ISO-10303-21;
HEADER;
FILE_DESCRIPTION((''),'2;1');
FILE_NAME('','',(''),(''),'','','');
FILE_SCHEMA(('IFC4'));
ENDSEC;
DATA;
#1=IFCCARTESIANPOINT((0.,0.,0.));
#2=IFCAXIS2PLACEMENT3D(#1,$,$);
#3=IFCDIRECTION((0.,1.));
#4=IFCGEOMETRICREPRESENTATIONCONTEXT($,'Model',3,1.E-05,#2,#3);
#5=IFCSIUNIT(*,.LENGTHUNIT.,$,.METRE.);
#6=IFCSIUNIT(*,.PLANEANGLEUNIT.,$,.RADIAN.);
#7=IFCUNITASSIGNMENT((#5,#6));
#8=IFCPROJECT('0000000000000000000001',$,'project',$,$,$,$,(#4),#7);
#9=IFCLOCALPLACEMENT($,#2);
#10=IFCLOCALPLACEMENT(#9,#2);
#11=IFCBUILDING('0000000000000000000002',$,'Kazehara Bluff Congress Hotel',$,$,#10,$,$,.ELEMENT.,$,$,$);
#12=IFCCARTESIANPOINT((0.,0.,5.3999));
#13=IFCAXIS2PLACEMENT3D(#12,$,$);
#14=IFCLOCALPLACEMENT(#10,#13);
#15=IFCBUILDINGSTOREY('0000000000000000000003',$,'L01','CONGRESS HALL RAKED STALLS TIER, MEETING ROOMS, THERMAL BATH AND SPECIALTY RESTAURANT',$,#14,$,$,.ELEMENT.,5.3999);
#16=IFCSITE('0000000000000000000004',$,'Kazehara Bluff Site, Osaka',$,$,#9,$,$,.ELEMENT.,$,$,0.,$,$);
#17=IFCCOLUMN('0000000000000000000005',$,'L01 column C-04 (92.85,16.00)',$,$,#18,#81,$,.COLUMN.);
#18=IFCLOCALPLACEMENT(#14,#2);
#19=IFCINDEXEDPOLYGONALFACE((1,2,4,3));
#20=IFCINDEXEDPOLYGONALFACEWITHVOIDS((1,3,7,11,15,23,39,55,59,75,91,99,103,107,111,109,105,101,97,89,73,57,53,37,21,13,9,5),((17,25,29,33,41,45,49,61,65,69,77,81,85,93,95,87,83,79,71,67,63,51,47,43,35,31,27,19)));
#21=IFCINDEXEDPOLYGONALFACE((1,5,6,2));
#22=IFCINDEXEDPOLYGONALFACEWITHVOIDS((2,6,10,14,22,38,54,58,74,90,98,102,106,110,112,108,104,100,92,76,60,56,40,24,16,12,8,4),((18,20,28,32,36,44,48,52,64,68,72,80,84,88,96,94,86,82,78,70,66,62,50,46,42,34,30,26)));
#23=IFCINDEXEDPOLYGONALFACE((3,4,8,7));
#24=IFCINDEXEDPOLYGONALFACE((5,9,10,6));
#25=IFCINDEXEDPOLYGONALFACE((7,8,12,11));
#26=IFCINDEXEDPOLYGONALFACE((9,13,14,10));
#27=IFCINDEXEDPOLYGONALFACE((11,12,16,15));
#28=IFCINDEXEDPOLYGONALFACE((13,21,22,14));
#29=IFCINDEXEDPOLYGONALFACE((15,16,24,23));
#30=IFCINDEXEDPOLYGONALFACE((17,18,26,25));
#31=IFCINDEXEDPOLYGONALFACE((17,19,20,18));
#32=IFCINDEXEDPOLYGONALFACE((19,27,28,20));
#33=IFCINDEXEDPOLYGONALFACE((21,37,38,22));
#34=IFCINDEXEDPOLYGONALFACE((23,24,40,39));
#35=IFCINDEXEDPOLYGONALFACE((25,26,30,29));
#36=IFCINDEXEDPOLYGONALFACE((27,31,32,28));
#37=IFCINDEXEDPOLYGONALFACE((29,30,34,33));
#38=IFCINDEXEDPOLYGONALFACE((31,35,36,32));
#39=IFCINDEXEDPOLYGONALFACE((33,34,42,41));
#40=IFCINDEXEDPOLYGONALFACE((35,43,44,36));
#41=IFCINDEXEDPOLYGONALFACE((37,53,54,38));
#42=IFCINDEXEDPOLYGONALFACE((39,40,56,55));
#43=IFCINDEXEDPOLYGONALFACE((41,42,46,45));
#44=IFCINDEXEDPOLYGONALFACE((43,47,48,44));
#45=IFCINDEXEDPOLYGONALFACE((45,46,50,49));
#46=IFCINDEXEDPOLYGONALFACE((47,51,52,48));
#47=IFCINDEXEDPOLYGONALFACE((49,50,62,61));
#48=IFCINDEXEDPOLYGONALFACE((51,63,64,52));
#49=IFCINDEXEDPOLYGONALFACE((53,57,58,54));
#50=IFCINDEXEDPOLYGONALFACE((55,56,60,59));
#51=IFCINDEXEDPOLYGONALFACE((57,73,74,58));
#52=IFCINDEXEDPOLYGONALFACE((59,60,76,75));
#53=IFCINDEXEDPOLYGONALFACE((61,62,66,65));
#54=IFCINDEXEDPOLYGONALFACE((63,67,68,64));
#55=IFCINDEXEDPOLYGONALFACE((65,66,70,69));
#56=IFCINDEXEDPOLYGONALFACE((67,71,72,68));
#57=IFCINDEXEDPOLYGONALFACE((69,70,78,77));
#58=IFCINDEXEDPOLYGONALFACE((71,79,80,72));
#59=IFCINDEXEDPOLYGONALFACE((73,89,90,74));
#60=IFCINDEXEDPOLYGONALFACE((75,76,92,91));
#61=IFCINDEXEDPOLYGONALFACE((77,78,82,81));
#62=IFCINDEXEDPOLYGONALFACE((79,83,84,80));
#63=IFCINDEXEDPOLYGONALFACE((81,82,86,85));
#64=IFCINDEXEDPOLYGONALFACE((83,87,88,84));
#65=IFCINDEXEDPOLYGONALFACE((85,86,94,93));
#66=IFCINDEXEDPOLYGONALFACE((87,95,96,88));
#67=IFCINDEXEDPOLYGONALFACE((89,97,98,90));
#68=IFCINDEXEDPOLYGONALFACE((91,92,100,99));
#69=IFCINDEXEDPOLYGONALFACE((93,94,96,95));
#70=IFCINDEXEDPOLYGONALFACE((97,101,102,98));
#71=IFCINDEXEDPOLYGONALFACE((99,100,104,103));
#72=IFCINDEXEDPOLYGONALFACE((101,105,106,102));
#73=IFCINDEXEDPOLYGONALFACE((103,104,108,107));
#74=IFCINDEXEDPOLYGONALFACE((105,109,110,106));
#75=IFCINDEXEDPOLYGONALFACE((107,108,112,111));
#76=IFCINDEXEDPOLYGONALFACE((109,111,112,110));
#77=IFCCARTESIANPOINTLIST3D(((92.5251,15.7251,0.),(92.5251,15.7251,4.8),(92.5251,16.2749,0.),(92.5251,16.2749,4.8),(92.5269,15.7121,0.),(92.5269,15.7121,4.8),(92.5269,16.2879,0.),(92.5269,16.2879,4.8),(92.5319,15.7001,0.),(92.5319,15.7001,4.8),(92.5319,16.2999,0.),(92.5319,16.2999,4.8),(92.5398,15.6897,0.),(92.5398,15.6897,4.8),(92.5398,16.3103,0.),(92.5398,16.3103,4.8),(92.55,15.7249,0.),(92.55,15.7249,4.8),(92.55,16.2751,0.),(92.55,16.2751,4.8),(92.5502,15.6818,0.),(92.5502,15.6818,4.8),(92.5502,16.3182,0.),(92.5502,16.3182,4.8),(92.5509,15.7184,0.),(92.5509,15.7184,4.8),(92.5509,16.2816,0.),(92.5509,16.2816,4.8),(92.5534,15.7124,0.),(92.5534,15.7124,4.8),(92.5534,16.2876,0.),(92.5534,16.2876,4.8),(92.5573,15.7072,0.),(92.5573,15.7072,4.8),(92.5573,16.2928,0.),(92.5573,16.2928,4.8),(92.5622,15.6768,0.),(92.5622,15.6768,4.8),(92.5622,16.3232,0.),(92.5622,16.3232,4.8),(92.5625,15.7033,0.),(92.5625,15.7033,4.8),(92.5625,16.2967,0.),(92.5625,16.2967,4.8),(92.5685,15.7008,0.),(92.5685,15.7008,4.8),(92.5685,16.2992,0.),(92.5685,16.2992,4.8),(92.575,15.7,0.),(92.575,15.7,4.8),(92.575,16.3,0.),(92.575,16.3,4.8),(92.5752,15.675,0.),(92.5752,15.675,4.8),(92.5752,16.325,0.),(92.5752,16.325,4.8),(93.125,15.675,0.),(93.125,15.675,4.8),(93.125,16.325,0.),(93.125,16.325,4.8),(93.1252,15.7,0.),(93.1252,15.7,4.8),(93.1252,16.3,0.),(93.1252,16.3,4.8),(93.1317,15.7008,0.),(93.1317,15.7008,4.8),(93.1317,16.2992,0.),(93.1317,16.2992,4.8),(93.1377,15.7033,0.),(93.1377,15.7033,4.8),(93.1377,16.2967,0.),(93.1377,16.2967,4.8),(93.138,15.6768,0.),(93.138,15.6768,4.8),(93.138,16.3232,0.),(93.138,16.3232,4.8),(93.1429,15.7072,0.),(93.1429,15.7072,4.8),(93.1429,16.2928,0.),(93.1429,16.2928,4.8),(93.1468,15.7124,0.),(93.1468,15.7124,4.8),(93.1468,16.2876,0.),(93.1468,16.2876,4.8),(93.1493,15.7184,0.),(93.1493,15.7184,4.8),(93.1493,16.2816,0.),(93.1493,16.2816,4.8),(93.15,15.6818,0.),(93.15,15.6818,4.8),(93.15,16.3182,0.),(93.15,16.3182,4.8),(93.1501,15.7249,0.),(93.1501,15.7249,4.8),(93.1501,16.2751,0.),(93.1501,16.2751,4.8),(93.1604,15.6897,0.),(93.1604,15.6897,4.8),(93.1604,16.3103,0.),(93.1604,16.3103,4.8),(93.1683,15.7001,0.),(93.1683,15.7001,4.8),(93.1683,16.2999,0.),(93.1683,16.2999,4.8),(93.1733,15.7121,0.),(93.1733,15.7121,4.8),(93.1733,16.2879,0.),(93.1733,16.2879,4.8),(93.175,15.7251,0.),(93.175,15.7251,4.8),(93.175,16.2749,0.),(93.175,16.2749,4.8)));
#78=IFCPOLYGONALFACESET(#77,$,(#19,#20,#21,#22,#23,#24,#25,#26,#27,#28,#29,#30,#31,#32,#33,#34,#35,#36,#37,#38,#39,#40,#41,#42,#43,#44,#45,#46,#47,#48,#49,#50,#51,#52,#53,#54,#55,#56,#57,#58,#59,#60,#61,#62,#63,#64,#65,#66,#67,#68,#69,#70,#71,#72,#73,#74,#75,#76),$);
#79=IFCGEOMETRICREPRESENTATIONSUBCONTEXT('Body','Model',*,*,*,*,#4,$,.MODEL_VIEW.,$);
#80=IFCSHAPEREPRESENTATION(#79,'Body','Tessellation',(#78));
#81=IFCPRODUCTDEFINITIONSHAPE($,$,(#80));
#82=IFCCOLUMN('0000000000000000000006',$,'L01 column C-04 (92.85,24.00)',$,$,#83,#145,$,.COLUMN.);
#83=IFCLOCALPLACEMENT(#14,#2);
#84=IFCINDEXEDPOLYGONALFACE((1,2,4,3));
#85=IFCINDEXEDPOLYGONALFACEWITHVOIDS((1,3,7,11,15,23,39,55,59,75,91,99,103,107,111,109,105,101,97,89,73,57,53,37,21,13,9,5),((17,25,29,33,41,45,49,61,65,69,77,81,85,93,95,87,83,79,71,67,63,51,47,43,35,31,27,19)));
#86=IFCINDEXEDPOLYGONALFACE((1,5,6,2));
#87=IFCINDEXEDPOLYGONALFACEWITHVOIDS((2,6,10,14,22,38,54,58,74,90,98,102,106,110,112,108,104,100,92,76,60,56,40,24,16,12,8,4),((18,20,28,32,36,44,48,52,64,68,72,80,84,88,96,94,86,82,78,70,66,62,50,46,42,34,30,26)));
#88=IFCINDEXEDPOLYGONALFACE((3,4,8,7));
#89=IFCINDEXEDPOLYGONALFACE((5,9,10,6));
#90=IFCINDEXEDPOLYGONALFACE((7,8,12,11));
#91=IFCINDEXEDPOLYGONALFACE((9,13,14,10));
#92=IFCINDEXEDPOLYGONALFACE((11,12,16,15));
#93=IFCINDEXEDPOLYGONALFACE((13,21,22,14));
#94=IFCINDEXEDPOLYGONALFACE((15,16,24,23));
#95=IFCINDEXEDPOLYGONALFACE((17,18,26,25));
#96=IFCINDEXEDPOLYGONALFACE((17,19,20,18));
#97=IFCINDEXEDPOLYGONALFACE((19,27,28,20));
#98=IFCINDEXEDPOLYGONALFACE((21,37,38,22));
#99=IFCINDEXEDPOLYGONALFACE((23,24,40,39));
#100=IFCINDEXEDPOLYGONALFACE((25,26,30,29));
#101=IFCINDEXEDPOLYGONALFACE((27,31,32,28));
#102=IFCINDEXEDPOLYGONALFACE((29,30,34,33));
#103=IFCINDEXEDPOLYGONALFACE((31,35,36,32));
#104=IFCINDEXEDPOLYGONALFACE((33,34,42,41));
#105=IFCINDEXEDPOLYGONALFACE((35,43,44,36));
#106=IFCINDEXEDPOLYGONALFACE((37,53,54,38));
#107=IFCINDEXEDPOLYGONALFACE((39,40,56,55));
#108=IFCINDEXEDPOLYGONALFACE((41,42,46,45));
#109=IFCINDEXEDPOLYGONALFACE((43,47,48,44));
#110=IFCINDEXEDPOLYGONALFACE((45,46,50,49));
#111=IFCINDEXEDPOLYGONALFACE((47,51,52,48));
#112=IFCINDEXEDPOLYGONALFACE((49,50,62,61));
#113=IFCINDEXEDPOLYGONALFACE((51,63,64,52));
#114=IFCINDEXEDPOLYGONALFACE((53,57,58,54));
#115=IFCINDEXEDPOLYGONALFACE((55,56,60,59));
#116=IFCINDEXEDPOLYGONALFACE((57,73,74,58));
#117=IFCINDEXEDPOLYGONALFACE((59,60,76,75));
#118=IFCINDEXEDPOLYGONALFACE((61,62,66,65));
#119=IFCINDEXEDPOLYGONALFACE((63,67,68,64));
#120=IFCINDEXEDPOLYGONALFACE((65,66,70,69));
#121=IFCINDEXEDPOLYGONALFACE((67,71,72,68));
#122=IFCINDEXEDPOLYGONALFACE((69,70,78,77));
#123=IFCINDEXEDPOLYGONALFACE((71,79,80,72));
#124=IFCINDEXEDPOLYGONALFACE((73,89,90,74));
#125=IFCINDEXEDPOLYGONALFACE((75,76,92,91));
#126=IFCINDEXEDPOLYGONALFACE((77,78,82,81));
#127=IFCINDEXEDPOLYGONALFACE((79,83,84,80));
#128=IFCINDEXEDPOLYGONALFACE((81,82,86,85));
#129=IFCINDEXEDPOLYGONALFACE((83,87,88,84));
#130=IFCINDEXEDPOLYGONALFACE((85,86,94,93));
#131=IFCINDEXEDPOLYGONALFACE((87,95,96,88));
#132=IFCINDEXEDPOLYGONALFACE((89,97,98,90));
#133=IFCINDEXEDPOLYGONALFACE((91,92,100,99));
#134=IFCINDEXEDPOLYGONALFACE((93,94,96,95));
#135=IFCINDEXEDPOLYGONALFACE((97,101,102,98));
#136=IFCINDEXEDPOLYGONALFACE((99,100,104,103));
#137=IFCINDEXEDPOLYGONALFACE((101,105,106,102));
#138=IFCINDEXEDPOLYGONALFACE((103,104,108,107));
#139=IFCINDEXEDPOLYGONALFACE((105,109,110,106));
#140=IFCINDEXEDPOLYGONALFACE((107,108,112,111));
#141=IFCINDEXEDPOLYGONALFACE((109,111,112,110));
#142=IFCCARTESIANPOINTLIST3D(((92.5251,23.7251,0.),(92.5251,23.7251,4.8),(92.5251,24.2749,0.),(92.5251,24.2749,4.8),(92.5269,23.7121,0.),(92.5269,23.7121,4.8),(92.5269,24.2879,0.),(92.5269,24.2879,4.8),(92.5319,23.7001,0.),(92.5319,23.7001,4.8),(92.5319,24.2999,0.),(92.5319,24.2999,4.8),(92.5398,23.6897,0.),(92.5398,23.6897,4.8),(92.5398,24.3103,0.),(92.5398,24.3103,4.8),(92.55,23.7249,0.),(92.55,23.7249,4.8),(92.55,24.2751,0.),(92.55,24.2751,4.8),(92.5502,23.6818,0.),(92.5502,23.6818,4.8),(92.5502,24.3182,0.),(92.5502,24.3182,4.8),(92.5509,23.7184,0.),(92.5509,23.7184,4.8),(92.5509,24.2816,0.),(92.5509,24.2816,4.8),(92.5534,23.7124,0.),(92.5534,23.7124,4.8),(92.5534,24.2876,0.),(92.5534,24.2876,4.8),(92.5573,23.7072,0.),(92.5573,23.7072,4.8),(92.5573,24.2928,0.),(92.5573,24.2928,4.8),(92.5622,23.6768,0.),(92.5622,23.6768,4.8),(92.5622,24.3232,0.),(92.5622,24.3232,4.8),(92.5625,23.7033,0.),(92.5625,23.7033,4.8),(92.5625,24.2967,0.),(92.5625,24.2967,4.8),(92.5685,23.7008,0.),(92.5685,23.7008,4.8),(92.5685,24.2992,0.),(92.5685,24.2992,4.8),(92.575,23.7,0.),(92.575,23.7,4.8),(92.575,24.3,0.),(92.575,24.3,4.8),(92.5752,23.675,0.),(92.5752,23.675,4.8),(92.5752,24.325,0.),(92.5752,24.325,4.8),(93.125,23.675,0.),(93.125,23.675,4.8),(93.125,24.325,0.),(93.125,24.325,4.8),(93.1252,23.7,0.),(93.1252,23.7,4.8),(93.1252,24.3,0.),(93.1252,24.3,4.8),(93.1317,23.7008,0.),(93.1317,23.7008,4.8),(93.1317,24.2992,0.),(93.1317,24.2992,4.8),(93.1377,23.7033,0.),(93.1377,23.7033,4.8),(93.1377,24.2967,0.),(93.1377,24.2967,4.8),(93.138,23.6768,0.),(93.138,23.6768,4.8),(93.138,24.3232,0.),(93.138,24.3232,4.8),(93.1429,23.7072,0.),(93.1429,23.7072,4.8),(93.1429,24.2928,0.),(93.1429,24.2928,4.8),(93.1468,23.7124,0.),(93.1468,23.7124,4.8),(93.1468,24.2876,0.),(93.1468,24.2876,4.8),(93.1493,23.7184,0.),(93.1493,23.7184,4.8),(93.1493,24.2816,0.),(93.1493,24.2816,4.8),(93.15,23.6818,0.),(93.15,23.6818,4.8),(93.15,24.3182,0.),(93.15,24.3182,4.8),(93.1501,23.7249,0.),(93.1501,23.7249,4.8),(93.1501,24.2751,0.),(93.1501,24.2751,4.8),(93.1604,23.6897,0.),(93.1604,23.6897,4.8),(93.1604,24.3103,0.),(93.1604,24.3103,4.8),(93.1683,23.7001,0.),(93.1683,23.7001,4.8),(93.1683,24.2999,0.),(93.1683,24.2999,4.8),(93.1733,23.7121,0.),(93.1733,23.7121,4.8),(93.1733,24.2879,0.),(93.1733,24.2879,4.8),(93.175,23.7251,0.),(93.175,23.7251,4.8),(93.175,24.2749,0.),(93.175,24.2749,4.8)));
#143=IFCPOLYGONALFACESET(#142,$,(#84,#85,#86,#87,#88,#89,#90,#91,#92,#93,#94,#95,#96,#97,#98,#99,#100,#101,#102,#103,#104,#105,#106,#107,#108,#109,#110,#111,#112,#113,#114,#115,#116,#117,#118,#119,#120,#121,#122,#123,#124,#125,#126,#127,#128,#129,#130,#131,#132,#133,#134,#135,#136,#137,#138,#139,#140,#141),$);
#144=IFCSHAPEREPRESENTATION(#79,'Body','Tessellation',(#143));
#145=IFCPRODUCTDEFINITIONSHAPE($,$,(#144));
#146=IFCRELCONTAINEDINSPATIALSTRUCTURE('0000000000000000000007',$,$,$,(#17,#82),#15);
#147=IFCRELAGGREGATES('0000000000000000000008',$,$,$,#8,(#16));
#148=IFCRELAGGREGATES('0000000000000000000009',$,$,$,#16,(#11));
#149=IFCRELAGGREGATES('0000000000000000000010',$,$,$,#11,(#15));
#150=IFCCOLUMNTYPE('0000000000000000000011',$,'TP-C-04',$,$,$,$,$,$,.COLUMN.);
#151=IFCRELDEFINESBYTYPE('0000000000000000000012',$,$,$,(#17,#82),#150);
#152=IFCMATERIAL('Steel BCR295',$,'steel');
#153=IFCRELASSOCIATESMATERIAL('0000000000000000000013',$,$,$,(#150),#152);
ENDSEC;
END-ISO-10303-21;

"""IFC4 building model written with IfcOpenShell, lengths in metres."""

from ifc_helpers import new_model, si_unit, direction, frame, origin, origin_2d, place, context, subcontext, project, spatial, hollow_rectangle, extrude, material, material_profile, profile_set, type_object, element, save


model = new_model("IFC4")

# Units and contexts
model_context = context("Model", 3, precision=1e-05, world=origin(), true_north=direction((0.0, 1.0)))
body_context = subcontext(model_context, "Body", "Model", "MODEL_VIEW")
ifc_project = project(units=[si_unit("LENGTHUNIT", "METRE"), si_unit("PLANEANGLEUNIT", "RADIAN")], contexts=[model_context])

# Site, building, storey
site_placement = place(None, origin())
site = spatial("IfcSite", under=ifc_project, at=site_placement, Name="Kazehara Bluff Site, Osaka", CompositionType="ELEMENT", RefElevation=0.0)
building_placement = place(site_placement, origin())
building = spatial("IfcBuilding", under=site, at=building_placement, Name="Kazehara Bluff Congress Hotel", CompositionType="ELEMENT")
storey_placement = place(building_placement, frame((0.0, 0.0, 5.3999)))
storey = spatial("IfcBuildingStorey", under=building, at=storey_placement, Name="L01", Description="CONGRESS HALL RAKED STALLS TIER, MEETING ROOMS, THERMAL BATH AND SPECIALTY RESTAURANT", CompositionType="ELEMENT", Elevation=5.3999)

# Columns
ifc_material_1 = material(Name="Steel BCR295", Category="steel")
ifc_material_profile_1 = material_profile(ifc_material_1, hollow_rectangle(XDim=0.6499, YDim=0.6499, WallThickness=0.0249, InnerFilletRadius=0.0249, OuterFilletRadius=0.05, at=origin_2d()))
ifc_profile_set_1 = profile_set([ifc_material_profile_1], Name="Steel BCR295")
column_type = type_object("IfcColumnType", Name="TP-C-04", PredefinedType="COLUMN", material=ifc_profile_set_1)
for number, where, z_axis, x_axis, name in (
    (1, (92.8501, 16.0, 0.0), (0.0, 0.0, 1.0), (1.0, 0.0, 0.0), "L01 column C-04 (92.85,16.00)"),
    (2, (92.8501, 24.0, 0.0), (0.0, 0.0, 1.0), (1.0, 0.0, 0.0), "L01 column C-04 (92.85,24.00)"),
):
    element("IfcColumn", number, at=place(storey_placement, frame(where, z_axis=z_axis, x_axis=x_axis)), inside=storey, type_object=column_type, Name=name, PredefinedType="COLUMN", context=body_context, shape_type="SweptSolid", body=[
        extrude(hollow_rectangle(XDim=0.6499, YDim=0.6499, WallThickness=0.0249, InnerFilletRadius=0.0249, OuterFilletRadius=0.05, at=origin_2d()), origin(), (0.0, 0.0, 1.0), 4.8),
    ])

save(model, "model.ifc")
